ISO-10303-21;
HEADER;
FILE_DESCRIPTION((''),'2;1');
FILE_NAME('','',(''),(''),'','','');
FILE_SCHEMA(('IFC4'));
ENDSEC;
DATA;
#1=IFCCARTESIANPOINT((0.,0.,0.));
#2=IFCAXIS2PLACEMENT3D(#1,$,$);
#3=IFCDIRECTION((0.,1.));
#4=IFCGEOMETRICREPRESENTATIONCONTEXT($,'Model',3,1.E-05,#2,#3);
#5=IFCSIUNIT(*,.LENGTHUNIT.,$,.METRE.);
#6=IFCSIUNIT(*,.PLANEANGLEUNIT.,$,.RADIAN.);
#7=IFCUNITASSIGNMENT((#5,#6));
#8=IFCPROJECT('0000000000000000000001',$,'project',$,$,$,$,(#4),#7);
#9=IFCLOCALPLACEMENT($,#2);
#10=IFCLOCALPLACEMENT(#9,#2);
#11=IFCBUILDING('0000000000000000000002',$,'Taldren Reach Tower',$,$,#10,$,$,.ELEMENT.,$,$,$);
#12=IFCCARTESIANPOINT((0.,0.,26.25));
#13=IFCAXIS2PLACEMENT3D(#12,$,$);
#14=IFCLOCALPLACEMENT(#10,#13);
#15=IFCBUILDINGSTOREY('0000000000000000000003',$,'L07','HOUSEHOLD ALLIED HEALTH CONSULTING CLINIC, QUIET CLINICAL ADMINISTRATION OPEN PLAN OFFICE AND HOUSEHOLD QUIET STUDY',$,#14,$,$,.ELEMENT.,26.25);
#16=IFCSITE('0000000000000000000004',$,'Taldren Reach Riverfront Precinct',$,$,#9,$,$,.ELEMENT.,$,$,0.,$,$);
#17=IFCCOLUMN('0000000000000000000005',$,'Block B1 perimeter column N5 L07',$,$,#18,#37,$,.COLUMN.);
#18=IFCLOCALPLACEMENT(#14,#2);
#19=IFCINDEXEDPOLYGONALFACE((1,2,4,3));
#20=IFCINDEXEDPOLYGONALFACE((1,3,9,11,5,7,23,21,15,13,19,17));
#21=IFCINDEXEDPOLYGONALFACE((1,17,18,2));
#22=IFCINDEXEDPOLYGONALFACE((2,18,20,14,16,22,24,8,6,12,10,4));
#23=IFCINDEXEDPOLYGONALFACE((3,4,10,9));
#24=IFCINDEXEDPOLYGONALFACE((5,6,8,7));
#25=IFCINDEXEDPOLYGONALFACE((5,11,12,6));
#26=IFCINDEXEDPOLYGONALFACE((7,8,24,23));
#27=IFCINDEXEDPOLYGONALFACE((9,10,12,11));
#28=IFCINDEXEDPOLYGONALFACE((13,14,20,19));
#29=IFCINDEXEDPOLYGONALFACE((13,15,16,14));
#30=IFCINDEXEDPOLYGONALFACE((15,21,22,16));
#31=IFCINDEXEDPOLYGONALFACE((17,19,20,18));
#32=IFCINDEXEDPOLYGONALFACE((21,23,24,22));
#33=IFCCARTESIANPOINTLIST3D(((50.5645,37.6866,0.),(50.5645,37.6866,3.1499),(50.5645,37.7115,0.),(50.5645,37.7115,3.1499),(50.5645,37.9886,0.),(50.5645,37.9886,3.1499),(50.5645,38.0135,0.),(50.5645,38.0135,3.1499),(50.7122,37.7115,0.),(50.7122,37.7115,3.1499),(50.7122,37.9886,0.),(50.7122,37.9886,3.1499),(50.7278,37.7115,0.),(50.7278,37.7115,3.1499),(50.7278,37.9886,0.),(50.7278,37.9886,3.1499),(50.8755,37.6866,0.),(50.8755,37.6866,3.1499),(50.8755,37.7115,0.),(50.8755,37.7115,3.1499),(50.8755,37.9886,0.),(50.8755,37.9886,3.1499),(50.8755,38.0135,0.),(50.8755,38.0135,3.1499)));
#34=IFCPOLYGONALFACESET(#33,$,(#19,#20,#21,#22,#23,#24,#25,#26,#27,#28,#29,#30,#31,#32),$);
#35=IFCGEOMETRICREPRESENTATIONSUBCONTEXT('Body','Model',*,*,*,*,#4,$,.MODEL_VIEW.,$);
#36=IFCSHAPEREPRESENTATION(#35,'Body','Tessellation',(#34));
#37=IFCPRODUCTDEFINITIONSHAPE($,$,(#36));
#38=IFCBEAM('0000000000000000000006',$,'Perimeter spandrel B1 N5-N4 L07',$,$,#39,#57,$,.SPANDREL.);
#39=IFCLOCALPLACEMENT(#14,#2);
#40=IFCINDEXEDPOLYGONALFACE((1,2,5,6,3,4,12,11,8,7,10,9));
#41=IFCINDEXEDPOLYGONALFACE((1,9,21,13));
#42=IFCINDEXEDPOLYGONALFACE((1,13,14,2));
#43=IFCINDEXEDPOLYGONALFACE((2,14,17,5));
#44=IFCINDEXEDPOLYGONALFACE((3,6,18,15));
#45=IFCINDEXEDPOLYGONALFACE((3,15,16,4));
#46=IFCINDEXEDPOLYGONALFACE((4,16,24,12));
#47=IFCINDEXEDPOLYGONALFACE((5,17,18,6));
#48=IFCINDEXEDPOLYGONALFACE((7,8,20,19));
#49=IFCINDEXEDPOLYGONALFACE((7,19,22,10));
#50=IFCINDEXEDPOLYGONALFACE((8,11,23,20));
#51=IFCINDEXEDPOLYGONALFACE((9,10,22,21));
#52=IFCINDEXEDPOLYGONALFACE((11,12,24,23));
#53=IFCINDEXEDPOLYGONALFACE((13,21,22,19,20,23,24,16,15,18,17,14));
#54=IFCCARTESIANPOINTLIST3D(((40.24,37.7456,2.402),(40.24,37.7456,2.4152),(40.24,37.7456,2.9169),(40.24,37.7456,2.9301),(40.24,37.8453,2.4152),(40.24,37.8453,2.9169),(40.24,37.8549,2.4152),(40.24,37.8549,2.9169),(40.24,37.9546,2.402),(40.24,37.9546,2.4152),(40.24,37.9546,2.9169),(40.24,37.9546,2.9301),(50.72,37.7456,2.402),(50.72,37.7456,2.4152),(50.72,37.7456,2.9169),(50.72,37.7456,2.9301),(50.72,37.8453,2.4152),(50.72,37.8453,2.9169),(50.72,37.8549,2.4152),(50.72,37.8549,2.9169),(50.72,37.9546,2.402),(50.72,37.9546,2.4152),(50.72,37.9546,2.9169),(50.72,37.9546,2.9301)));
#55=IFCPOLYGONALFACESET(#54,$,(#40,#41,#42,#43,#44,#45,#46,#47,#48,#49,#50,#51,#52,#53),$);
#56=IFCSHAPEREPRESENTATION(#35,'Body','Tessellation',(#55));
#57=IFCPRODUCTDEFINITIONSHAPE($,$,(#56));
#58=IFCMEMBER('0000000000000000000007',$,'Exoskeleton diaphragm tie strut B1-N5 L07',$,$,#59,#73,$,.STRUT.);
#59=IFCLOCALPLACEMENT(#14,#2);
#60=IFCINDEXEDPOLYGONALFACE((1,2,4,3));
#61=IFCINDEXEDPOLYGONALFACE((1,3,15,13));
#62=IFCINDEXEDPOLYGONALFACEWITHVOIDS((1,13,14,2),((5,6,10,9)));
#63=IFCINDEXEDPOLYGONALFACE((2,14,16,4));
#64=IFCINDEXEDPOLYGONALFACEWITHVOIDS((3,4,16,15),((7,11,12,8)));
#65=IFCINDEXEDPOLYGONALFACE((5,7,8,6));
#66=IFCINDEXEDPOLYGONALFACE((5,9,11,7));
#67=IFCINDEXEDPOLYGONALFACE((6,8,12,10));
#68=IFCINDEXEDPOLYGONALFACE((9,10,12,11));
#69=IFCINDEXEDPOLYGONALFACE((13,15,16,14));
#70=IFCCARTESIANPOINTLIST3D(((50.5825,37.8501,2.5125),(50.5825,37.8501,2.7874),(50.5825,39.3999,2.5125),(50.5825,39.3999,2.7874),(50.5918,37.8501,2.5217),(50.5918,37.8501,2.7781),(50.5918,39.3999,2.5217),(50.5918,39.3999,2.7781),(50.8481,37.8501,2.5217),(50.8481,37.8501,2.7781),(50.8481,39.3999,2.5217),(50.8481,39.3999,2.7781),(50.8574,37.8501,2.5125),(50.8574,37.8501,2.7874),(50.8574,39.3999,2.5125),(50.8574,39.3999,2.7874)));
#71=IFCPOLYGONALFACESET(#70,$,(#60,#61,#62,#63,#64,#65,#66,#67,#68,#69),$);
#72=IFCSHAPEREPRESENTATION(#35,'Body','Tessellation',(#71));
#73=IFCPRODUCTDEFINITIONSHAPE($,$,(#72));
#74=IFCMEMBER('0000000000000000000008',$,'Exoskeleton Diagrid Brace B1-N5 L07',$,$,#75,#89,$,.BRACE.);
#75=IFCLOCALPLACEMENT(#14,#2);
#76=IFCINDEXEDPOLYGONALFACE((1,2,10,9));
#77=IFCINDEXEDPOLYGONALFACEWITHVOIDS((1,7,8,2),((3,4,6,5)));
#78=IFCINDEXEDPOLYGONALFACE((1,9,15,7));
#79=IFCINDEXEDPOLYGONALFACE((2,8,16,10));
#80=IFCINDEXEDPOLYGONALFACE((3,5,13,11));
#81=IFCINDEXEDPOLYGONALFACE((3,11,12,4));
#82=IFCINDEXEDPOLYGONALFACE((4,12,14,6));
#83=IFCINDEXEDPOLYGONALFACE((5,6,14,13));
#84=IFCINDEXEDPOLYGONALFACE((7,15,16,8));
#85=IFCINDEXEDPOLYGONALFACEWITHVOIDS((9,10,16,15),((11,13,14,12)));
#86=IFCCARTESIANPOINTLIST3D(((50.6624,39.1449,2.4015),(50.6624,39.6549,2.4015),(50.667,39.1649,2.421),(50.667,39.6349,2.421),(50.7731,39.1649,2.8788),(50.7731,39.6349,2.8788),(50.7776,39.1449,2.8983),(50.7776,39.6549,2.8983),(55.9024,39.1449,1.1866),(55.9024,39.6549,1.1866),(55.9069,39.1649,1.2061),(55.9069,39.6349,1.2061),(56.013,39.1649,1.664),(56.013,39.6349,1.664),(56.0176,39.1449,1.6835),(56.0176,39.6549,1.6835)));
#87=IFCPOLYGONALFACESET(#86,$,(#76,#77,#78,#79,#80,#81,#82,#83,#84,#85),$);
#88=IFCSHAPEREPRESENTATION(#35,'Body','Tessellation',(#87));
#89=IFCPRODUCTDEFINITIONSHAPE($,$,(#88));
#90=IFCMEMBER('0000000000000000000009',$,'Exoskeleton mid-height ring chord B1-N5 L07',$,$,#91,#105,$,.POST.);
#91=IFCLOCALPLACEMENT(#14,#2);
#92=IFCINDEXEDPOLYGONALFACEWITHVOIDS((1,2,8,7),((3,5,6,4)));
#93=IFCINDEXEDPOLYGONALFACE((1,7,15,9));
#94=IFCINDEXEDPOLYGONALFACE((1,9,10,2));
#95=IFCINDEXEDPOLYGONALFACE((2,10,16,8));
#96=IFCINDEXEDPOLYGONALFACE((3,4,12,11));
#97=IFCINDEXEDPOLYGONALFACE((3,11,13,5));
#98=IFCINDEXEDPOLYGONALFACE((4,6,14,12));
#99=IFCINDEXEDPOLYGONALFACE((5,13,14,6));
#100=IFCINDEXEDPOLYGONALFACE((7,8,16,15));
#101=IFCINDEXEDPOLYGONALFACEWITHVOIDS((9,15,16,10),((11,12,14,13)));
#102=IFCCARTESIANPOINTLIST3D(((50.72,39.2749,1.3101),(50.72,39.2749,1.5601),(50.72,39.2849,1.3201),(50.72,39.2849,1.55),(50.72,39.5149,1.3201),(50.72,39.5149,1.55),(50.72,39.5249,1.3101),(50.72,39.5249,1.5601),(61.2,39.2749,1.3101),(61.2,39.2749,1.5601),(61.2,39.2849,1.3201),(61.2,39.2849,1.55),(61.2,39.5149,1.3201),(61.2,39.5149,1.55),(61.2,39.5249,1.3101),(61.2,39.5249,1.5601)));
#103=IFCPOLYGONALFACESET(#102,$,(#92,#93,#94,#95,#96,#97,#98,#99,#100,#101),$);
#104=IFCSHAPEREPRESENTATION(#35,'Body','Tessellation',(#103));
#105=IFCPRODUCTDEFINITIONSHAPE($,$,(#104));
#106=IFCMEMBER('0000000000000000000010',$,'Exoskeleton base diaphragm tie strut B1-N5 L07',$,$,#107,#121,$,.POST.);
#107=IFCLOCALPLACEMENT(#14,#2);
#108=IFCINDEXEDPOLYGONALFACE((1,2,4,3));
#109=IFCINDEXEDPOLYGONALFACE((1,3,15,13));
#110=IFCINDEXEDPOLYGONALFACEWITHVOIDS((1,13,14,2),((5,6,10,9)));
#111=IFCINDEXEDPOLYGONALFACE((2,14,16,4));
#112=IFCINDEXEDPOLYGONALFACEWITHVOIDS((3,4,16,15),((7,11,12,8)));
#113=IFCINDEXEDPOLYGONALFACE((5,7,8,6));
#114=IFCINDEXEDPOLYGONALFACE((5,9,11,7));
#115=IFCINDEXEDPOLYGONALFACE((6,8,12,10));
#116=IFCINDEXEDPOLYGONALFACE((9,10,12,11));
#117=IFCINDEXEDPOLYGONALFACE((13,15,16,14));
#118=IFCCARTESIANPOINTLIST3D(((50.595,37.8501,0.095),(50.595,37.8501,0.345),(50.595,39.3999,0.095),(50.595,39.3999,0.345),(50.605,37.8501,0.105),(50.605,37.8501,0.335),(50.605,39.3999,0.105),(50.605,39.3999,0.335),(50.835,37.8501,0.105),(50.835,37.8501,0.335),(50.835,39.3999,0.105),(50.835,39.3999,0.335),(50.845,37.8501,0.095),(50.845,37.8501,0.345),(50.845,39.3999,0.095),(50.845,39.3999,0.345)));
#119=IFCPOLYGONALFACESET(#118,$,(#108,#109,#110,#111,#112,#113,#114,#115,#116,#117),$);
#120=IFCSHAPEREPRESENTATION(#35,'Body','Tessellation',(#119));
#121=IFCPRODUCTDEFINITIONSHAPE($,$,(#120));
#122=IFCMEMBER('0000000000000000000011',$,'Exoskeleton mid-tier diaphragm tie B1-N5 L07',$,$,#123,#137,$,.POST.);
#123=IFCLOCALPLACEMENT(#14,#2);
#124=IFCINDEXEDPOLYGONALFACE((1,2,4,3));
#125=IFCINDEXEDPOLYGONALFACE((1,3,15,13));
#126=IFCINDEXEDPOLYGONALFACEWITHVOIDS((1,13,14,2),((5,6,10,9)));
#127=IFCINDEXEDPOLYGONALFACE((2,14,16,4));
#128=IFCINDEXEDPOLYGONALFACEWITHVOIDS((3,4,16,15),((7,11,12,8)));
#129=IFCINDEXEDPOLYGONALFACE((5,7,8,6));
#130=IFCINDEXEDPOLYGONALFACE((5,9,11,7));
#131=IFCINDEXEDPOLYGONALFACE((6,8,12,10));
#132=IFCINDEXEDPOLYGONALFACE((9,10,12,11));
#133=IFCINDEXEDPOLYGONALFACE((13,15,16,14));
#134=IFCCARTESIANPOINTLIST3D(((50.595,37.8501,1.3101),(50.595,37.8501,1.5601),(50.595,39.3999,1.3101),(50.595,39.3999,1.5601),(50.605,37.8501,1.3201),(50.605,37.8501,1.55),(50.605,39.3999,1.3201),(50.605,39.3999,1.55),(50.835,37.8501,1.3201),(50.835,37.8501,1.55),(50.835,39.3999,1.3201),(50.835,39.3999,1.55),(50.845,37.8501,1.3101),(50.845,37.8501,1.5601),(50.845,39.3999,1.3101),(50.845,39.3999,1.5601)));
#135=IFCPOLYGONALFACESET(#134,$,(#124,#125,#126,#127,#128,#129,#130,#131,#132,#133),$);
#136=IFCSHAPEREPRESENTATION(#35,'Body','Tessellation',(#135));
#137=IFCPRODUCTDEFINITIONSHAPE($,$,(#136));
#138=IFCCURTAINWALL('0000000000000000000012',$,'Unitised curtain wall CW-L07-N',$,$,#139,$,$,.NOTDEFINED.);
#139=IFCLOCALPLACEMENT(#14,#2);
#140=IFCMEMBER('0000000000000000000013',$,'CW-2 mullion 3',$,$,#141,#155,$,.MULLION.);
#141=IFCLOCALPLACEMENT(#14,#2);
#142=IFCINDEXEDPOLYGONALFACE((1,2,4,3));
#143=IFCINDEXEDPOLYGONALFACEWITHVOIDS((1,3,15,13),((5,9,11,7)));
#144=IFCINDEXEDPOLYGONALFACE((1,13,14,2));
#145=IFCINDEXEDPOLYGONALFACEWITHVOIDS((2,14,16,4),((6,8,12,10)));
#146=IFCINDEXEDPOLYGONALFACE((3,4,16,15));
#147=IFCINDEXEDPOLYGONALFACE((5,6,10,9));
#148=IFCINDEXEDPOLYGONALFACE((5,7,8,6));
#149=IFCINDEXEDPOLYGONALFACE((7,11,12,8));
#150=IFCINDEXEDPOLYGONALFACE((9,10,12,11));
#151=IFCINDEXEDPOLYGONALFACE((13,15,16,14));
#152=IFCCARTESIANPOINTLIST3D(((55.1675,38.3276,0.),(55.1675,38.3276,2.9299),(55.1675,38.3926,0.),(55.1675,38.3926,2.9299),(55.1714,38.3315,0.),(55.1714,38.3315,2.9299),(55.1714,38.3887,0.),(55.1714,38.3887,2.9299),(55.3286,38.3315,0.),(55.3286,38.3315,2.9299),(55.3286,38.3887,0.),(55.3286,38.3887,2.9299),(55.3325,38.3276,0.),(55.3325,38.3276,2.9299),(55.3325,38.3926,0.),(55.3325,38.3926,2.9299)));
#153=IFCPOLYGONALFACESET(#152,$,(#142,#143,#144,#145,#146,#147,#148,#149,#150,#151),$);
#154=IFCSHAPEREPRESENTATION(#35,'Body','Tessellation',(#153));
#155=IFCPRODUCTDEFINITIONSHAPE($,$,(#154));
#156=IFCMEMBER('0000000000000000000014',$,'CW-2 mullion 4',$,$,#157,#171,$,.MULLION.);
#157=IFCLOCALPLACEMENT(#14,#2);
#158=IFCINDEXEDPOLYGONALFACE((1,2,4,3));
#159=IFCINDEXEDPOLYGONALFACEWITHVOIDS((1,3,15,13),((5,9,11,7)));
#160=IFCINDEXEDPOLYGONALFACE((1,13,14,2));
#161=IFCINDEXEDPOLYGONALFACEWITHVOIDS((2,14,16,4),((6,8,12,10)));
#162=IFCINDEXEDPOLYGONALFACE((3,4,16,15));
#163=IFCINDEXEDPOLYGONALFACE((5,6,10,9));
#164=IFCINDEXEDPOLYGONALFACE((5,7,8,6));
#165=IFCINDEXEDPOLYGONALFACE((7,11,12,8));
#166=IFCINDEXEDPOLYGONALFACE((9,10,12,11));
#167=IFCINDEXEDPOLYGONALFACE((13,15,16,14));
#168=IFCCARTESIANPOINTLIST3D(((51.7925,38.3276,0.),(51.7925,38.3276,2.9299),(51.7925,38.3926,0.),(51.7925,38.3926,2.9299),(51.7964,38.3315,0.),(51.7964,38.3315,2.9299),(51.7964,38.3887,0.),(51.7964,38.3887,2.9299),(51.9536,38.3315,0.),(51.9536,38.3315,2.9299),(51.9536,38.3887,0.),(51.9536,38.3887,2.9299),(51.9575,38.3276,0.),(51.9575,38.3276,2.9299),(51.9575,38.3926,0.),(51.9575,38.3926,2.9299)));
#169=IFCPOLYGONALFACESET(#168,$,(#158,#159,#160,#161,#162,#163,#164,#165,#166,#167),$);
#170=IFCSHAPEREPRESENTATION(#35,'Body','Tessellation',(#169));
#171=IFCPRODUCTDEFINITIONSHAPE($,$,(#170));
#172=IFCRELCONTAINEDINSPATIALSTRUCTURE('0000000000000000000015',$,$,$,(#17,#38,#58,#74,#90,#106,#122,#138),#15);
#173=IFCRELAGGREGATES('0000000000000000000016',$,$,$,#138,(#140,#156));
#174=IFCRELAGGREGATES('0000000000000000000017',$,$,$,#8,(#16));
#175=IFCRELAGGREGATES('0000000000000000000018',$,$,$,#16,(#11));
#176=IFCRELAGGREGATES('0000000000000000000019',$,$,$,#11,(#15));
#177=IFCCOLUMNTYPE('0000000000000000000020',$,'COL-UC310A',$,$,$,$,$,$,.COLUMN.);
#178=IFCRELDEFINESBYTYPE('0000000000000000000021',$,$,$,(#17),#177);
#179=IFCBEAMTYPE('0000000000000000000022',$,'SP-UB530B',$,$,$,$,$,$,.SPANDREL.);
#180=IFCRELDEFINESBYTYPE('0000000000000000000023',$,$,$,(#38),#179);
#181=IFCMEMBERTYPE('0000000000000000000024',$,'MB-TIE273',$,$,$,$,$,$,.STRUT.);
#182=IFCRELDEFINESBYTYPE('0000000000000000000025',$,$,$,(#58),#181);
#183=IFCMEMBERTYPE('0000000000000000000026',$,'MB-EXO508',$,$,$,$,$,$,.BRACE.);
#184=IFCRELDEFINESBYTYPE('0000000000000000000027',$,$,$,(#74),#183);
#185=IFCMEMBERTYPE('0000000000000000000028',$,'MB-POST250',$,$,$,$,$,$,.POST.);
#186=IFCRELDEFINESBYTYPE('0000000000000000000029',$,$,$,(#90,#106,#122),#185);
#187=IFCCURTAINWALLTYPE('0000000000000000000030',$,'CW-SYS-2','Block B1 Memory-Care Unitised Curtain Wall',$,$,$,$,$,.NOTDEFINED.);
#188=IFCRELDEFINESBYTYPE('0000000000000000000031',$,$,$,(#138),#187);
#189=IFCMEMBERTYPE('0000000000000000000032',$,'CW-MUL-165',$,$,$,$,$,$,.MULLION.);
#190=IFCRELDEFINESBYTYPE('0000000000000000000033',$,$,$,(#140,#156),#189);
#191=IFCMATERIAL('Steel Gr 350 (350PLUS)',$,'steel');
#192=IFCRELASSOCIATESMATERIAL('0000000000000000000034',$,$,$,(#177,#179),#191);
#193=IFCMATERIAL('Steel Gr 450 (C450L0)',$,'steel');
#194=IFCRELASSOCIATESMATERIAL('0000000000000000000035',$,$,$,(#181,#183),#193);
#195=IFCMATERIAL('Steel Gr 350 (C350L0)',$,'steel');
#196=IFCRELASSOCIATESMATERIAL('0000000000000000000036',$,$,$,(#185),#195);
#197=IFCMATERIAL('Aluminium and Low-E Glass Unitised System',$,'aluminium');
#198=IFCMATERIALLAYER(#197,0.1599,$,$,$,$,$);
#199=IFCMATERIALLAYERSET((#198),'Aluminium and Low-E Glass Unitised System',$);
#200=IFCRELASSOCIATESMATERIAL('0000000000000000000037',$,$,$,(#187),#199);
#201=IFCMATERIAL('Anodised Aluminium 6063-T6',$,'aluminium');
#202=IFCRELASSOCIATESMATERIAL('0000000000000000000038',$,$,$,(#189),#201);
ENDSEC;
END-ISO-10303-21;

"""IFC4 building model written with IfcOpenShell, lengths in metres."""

from ifc_helpers import new_model, si_unit, direction, frame, origin, origin_2d, place, context, subcontext, project, spatial, hollow_rectangle, i_section, extrude, source, transform, mapped, material, layer, layer_set, material_profile, profile_set, type_object, element, aggregate, save


model = new_model("IFC4")

# Units and contexts
model_context = context("Model", 3, precision=1e-05, world=origin(), true_north=direction((0.0, 1.0)))
body_context = subcontext(model_context, "Body", "Model", "MODEL_VIEW")
ifc_project = project(units=[si_unit("LENGTHUNIT", "METRE"), si_unit("PLANEANGLEUNIT", "RADIAN")], contexts=[model_context])

# Site, building, storey
site_placement = place(None, origin())
site = spatial("IfcSite", under=ifc_project, at=site_placement, Name="Taldren Reach Riverfront Precinct", CompositionType="ELEMENT", RefElevation=0.0)
building_placement = place(site_placement, origin())
building = spatial("IfcBuilding", under=site, at=building_placement, Name="Taldren Reach Tower", CompositionType="ELEMENT")
storey_placement = place(building_placement, frame((0.0, 0.0, 26.25)))
storey = spatial("IfcBuildingStorey", under=building, at=storey_placement, Name="L07", Description="HOUSEHOLD ALLIED HEALTH CONSULTING CLINIC, QUIET CLINICAL ADMINISTRATION OPEN PLAN OFFICE AND HOUSEHOLD QUIET STUDY", CompositionType="ELEMENT", Elevation=26.25)

# Column
ifc_material_1 = material(Name="Steel Gr 350 (350PLUS)", Category="steel")
ifc_material_profile_1 = material_profile(ifc_material_1, i_section(OverallWidth=0.311, OverallDepth=0.3269, WebThickness=0.0156, FlangeThickness=0.0249, at=origin_2d()), Name="310UC158")
ifc_profile_set_1 = profile_set([ifc_material_profile_1], Name="Steel Gr 350 (350PLUS)")
column_type = type_object("IfcColumnType", Name="COL-UC310A", PredefinedType="COLUMN", material=ifc_profile_set_1)
shared_shape_1 = source(origin(), body_context, "Body", "SweptSolid", [
    extrude(i_section(OverallWidth=0.311, OverallDepth=0.3269, WebThickness=0.0156, FlangeThickness=0.0249, at=origin_2d()), origin(), (0.0, 0.0, 1.0), 3.1499),
])
column_placement = place(storey_placement, frame((50.72, 37.8501, 0.0), z_axis=(0.0, 0.0, 1.0), x_axis=(1.0, 0.0, 0.0)))
element("IfcColumn", 1, at=column_placement, inside=storey, type_object=column_type, Name="Block B1 perimeter column N5 L07", PredefinedType="COLUMN", context=body_context, shape_type="MappedRepresentation", body=[
    mapped(shared_shape_1, transform((0.0, 0.0, 0.0), scale=1.0)),
])

# Beam
ifc_material_profile_2 = material_profile(ifc_material_1, i_section(OverallWidth=0.209, OverallDepth=0.5281, WebThickness=0.0095, FlangeThickness=0.0132, at=origin_2d()), Name="530UB82.0")
ifc_profile_set_2 = profile_set([ifc_material_profile_2], Name="Steel Gr 350 (350PLUS)")
beam_type = type_object("IfcBeamType", Name="SP-UB530B", PredefinedType="SPANDREL", material=ifc_profile_set_2)
shared_shape_2 = source(origin(), body_context, "Body", "SweptSolid", [
    extrude(i_section(OverallWidth=0.209, OverallDepth=0.5281, WebThickness=0.0095, FlangeThickness=0.0132, at=origin_2d()), origin(), (0.0, 0.0, 1.0), 10.48),
])
beam_placement = place(storey_placement, frame((50.72, 37.8501, 2.666), z_axis=(-1.0, 0.0, 0.0), x_axis=(0.0, -1.0, 0.0)))
element("IfcBeam", 2, at=beam_placement, inside=storey, type_object=beam_type, Name="Perimeter spandrel B1 N5-N4 L07", PredefinedType="SPANDREL", context=body_context, shape_type="MappedRepresentation", body=[
    mapped(shared_shape_2, transform((0.0, 0.0, 0.0), scale=1.0)),
])

# Members
ifc_material_2 = material(Name="Steel Gr 450 (C450L0)", Category="steel")
ifc_material_profile_3 = material_profile(ifc_material_2, hollow_rectangle(XDim=0.2749, YDim=0.2749, WallThickness=0.0093, at=origin_2d()), Name="275x275x9.3SHS")
ifc_profile_set_3 = profile_set([ifc_material_profile_3], Name="Steel Gr 450 (C450L0)")
member_type_1 = type_object("IfcMemberType", Name="MB-TIE273", PredefinedType="STRUT", material=ifc_profile_set_3)
shared_shape_3 = source(origin(), body_context, "Body", "SweptSolid", [
    extrude(hollow_rectangle(XDim=0.2749, YDim=0.2749, WallThickness=0.0093, at=origin_2d()), origin(), (0.0, 0.0, 1.0), 1.5498),
])
member_1_placement = place(storey_placement, frame((50.72, 37.8501, 2.6499), z_axis=(0.0, 1.0, 0.0), x_axis=(-1.0, 0.0, 0.0)))
element("IfcMember", 3, at=member_1_placement, inside=storey, type_object=member_type_1, Name="Exoskeleton diaphragm tie strut B1-N5 L07", PredefinedType="STRUT", context=body_context, shape_type="MappedRepresentation", body=[
    mapped(shared_shape_3, transform((0.0, 0.0, 0.0), scale=1.0)),
])
ifc_material_profile_4 = material_profile(ifc_material_2, hollow_rectangle(XDim=0.51, YDim=0.51, WallThickness=0.02, at=origin_2d()), Name="510x510x20.0SHS")
ifc_profile_set_4 = profile_set([ifc_material_profile_4], Name="Steel Gr 450 (C450L0)")
member_type_2 = type_object("IfcMemberType", Name="MB-EXO508", PredefinedType="BRACE", material=ifc_profile_set_4)
shared_shape_4 = source(origin(), body_context, "Body", "SweptSolid", [
    extrude(hollow_rectangle(XDim=0.51, YDim=0.51, WallThickness=0.02, at=origin_2d()), origin(), (0.0, 0.0, 1.0), 5.3789),
])
member_2_placement = place(storey_placement, frame((55.96, 39.3999, 1.4351), z_axis=(-0.974162, 0.0, 0.225851), x_axis=(0.0, -1.0, 0.0)))
element("IfcMember", 4, at=member_2_placement, inside=storey, type_object=member_type_2, Name="Exoskeleton Diagrid Brace B1-N5 L07", PredefinedType="BRACE", context=body_context, shape_type="MappedRepresentation", body=[
    mapped(shared_shape_4, transform((0.0, 0.0, 0.0), scale=1.0)),
])
ifc_material_3 = material(Name="Steel Gr 350 (C350L0)", Category="steel")
ifc_material_profile_5 = material_profile(ifc_material_3, hollow_rectangle(XDim=0.25, YDim=0.25, WallThickness=0.01, at=origin_2d()), Name="250x250x10.0SHS")
ifc_profile_set_5 = profile_set([ifc_material_profile_5], Name="Steel Gr 350 (C350L0)")
member_type_3 = type_object("IfcMemberType", Name="MB-POST250", PredefinedType="POST", material=ifc_profile_set_5)
shared_shape_5 = source(origin(), body_context, "Body", "SweptSolid", [
    extrude(hollow_rectangle(XDim=0.25, YDim=0.25, WallThickness=0.01, at=origin_2d()), origin(), (0.0, 0.0, 1.0), 10.48),
])
member_3_placement = place(storey_placement, frame((50.72, 39.3999, 1.4351), z_axis=(1.0, 0.0, 0.0), x_axis=(0.0, 1.0, 0.0)))
element("IfcMember", 5, at=member_3_placement, inside=storey, type_object=member_type_3, Name="Exoskeleton mid-height ring chord B1-N5 L07", PredefinedType="POST", context=body_context, shape_type="MappedRepresentation", body=[
    mapped(shared_shape_5, transform((0.0, 0.0, 0.0), scale=1.0)),
])
shared_shape_6 = source(origin(), body_context, "Body", "SweptSolid", [
    extrude(hollow_rectangle(XDim=0.25, YDim=0.25, WallThickness=0.01, at=origin_2d()), origin(), (0.0, 0.0, 1.0), 1.5498),
])
for number, where, z_axis, x_axis, name in (
    (6, (50.72, 37.8501, 0.22), (0.0, 1.0, 0.0), (-1.0, 0.0, 0.0), "Exoskeleton base diaphragm tie strut B1-N5 L07"),
    (7, (50.72, 37.8501, 1.4351), (0.0, 1.0, 0.0), (-1.0, 0.0, 0.0), "Exoskeleton mid-tier diaphragm tie B1-N5 L07"),
):
    element("IfcMember", number, at=place(storey_placement, frame(where, z_axis=z_axis, x_axis=x_axis)), inside=storey, type_object=member_type_3, Name=name, PredefinedType="POST", context=body_context, shape_type="MappedRepresentation", body=[
        mapped(shared_shape_6, transform((0.0, 0.0, 0.0), scale=1.0)),
    ])

# Curtain wall, members
ifc_material_4 = material(Name="Aluminium and Low-E Glass Unitised System", Category="aluminium")
ifc_layer_1 = layer(ifc_material_4, 0.1599)
ifc_layer_set_1 = layer_set([ifc_layer_1], Name="Aluminium and Low-E Glass Unitised System")
curtain_wall_type = type_object("IfcCurtainWallType", Name="CW-SYS-2", Description="Block B1 Memory-Care Unitised Curtain Wall", PredefinedType="NOTDEFINED", material=ifc_layer_set_1)
curtain_wall_placement = place(storey_placement, origin())
curtain_wall = element("IfcCurtainWall", 8, at=curtain_wall_placement, inside=storey, type_object=curtain_wall_type, Name="Unitised curtain wall CW-L07-N", PredefinedType="NOTDEFINED")
ifc_material_5 = material(Name="Anodised Aluminium 6063-T6", Category="aluminium")
ifc_material_profile_6 = material_profile(ifc_material_5, hollow_rectangle(XDim=0.0649, YDim=0.165, WallThickness=0.0039, at=origin_2d()), Name="ALU-165x65x4RHS")
ifc_profile_set_6 = profile_set([ifc_material_profile_6], Name="Anodised Aluminium 6063-T6")
member_type_4 = type_object("IfcMemberType", Name="CW-MUL-165", PredefinedType="MULLION", material=ifc_profile_set_6)
shared_shape_7 = source(origin(), body_context, "Body", "SweptSolid", [
    extrude(hollow_rectangle(XDim=0.0649, YDim=0.165, WallThickness=0.0039, at=origin_2d()), origin(), (0.0, 0.0, 1.0), 2.9299),
])
member_4_placement = place(storey_placement, frame((55.25, 38.3601, 0.0), z_axis=(0.0, 0.0, 1.0), x_axis=(0.0, -1.0, 0.0)))
member_4 = element("IfcMember", 9, at=member_4_placement, type_object=member_type_4, Name="CW-2 mullion 3", PredefinedType="MULLION", context=body_context, shape_type="MappedRepresentation", body=[
    mapped(shared_shape_7, transform((0.0, 0.0, 0.0), scale=1.0)),
])
member_5_placement = place(storey_placement, frame((51.875, 38.3601, 0.0), z_axis=(0.0, 0.0, 1.0), x_axis=(0.0, -1.0, 0.0)))
member_5 = element("IfcMember", 10, at=member_5_placement, type_object=member_type_4, Name="CW-2 mullion 4", PredefinedType="MULLION", context=body_context, shape_type="MappedRepresentation", body=[
    mapped(shared_shape_7, transform((0.0, 0.0, 0.0), scale=1.0)),
])

aggregate(curtain_wall, [member_4, member_5])

save(model, "model.ifc")
